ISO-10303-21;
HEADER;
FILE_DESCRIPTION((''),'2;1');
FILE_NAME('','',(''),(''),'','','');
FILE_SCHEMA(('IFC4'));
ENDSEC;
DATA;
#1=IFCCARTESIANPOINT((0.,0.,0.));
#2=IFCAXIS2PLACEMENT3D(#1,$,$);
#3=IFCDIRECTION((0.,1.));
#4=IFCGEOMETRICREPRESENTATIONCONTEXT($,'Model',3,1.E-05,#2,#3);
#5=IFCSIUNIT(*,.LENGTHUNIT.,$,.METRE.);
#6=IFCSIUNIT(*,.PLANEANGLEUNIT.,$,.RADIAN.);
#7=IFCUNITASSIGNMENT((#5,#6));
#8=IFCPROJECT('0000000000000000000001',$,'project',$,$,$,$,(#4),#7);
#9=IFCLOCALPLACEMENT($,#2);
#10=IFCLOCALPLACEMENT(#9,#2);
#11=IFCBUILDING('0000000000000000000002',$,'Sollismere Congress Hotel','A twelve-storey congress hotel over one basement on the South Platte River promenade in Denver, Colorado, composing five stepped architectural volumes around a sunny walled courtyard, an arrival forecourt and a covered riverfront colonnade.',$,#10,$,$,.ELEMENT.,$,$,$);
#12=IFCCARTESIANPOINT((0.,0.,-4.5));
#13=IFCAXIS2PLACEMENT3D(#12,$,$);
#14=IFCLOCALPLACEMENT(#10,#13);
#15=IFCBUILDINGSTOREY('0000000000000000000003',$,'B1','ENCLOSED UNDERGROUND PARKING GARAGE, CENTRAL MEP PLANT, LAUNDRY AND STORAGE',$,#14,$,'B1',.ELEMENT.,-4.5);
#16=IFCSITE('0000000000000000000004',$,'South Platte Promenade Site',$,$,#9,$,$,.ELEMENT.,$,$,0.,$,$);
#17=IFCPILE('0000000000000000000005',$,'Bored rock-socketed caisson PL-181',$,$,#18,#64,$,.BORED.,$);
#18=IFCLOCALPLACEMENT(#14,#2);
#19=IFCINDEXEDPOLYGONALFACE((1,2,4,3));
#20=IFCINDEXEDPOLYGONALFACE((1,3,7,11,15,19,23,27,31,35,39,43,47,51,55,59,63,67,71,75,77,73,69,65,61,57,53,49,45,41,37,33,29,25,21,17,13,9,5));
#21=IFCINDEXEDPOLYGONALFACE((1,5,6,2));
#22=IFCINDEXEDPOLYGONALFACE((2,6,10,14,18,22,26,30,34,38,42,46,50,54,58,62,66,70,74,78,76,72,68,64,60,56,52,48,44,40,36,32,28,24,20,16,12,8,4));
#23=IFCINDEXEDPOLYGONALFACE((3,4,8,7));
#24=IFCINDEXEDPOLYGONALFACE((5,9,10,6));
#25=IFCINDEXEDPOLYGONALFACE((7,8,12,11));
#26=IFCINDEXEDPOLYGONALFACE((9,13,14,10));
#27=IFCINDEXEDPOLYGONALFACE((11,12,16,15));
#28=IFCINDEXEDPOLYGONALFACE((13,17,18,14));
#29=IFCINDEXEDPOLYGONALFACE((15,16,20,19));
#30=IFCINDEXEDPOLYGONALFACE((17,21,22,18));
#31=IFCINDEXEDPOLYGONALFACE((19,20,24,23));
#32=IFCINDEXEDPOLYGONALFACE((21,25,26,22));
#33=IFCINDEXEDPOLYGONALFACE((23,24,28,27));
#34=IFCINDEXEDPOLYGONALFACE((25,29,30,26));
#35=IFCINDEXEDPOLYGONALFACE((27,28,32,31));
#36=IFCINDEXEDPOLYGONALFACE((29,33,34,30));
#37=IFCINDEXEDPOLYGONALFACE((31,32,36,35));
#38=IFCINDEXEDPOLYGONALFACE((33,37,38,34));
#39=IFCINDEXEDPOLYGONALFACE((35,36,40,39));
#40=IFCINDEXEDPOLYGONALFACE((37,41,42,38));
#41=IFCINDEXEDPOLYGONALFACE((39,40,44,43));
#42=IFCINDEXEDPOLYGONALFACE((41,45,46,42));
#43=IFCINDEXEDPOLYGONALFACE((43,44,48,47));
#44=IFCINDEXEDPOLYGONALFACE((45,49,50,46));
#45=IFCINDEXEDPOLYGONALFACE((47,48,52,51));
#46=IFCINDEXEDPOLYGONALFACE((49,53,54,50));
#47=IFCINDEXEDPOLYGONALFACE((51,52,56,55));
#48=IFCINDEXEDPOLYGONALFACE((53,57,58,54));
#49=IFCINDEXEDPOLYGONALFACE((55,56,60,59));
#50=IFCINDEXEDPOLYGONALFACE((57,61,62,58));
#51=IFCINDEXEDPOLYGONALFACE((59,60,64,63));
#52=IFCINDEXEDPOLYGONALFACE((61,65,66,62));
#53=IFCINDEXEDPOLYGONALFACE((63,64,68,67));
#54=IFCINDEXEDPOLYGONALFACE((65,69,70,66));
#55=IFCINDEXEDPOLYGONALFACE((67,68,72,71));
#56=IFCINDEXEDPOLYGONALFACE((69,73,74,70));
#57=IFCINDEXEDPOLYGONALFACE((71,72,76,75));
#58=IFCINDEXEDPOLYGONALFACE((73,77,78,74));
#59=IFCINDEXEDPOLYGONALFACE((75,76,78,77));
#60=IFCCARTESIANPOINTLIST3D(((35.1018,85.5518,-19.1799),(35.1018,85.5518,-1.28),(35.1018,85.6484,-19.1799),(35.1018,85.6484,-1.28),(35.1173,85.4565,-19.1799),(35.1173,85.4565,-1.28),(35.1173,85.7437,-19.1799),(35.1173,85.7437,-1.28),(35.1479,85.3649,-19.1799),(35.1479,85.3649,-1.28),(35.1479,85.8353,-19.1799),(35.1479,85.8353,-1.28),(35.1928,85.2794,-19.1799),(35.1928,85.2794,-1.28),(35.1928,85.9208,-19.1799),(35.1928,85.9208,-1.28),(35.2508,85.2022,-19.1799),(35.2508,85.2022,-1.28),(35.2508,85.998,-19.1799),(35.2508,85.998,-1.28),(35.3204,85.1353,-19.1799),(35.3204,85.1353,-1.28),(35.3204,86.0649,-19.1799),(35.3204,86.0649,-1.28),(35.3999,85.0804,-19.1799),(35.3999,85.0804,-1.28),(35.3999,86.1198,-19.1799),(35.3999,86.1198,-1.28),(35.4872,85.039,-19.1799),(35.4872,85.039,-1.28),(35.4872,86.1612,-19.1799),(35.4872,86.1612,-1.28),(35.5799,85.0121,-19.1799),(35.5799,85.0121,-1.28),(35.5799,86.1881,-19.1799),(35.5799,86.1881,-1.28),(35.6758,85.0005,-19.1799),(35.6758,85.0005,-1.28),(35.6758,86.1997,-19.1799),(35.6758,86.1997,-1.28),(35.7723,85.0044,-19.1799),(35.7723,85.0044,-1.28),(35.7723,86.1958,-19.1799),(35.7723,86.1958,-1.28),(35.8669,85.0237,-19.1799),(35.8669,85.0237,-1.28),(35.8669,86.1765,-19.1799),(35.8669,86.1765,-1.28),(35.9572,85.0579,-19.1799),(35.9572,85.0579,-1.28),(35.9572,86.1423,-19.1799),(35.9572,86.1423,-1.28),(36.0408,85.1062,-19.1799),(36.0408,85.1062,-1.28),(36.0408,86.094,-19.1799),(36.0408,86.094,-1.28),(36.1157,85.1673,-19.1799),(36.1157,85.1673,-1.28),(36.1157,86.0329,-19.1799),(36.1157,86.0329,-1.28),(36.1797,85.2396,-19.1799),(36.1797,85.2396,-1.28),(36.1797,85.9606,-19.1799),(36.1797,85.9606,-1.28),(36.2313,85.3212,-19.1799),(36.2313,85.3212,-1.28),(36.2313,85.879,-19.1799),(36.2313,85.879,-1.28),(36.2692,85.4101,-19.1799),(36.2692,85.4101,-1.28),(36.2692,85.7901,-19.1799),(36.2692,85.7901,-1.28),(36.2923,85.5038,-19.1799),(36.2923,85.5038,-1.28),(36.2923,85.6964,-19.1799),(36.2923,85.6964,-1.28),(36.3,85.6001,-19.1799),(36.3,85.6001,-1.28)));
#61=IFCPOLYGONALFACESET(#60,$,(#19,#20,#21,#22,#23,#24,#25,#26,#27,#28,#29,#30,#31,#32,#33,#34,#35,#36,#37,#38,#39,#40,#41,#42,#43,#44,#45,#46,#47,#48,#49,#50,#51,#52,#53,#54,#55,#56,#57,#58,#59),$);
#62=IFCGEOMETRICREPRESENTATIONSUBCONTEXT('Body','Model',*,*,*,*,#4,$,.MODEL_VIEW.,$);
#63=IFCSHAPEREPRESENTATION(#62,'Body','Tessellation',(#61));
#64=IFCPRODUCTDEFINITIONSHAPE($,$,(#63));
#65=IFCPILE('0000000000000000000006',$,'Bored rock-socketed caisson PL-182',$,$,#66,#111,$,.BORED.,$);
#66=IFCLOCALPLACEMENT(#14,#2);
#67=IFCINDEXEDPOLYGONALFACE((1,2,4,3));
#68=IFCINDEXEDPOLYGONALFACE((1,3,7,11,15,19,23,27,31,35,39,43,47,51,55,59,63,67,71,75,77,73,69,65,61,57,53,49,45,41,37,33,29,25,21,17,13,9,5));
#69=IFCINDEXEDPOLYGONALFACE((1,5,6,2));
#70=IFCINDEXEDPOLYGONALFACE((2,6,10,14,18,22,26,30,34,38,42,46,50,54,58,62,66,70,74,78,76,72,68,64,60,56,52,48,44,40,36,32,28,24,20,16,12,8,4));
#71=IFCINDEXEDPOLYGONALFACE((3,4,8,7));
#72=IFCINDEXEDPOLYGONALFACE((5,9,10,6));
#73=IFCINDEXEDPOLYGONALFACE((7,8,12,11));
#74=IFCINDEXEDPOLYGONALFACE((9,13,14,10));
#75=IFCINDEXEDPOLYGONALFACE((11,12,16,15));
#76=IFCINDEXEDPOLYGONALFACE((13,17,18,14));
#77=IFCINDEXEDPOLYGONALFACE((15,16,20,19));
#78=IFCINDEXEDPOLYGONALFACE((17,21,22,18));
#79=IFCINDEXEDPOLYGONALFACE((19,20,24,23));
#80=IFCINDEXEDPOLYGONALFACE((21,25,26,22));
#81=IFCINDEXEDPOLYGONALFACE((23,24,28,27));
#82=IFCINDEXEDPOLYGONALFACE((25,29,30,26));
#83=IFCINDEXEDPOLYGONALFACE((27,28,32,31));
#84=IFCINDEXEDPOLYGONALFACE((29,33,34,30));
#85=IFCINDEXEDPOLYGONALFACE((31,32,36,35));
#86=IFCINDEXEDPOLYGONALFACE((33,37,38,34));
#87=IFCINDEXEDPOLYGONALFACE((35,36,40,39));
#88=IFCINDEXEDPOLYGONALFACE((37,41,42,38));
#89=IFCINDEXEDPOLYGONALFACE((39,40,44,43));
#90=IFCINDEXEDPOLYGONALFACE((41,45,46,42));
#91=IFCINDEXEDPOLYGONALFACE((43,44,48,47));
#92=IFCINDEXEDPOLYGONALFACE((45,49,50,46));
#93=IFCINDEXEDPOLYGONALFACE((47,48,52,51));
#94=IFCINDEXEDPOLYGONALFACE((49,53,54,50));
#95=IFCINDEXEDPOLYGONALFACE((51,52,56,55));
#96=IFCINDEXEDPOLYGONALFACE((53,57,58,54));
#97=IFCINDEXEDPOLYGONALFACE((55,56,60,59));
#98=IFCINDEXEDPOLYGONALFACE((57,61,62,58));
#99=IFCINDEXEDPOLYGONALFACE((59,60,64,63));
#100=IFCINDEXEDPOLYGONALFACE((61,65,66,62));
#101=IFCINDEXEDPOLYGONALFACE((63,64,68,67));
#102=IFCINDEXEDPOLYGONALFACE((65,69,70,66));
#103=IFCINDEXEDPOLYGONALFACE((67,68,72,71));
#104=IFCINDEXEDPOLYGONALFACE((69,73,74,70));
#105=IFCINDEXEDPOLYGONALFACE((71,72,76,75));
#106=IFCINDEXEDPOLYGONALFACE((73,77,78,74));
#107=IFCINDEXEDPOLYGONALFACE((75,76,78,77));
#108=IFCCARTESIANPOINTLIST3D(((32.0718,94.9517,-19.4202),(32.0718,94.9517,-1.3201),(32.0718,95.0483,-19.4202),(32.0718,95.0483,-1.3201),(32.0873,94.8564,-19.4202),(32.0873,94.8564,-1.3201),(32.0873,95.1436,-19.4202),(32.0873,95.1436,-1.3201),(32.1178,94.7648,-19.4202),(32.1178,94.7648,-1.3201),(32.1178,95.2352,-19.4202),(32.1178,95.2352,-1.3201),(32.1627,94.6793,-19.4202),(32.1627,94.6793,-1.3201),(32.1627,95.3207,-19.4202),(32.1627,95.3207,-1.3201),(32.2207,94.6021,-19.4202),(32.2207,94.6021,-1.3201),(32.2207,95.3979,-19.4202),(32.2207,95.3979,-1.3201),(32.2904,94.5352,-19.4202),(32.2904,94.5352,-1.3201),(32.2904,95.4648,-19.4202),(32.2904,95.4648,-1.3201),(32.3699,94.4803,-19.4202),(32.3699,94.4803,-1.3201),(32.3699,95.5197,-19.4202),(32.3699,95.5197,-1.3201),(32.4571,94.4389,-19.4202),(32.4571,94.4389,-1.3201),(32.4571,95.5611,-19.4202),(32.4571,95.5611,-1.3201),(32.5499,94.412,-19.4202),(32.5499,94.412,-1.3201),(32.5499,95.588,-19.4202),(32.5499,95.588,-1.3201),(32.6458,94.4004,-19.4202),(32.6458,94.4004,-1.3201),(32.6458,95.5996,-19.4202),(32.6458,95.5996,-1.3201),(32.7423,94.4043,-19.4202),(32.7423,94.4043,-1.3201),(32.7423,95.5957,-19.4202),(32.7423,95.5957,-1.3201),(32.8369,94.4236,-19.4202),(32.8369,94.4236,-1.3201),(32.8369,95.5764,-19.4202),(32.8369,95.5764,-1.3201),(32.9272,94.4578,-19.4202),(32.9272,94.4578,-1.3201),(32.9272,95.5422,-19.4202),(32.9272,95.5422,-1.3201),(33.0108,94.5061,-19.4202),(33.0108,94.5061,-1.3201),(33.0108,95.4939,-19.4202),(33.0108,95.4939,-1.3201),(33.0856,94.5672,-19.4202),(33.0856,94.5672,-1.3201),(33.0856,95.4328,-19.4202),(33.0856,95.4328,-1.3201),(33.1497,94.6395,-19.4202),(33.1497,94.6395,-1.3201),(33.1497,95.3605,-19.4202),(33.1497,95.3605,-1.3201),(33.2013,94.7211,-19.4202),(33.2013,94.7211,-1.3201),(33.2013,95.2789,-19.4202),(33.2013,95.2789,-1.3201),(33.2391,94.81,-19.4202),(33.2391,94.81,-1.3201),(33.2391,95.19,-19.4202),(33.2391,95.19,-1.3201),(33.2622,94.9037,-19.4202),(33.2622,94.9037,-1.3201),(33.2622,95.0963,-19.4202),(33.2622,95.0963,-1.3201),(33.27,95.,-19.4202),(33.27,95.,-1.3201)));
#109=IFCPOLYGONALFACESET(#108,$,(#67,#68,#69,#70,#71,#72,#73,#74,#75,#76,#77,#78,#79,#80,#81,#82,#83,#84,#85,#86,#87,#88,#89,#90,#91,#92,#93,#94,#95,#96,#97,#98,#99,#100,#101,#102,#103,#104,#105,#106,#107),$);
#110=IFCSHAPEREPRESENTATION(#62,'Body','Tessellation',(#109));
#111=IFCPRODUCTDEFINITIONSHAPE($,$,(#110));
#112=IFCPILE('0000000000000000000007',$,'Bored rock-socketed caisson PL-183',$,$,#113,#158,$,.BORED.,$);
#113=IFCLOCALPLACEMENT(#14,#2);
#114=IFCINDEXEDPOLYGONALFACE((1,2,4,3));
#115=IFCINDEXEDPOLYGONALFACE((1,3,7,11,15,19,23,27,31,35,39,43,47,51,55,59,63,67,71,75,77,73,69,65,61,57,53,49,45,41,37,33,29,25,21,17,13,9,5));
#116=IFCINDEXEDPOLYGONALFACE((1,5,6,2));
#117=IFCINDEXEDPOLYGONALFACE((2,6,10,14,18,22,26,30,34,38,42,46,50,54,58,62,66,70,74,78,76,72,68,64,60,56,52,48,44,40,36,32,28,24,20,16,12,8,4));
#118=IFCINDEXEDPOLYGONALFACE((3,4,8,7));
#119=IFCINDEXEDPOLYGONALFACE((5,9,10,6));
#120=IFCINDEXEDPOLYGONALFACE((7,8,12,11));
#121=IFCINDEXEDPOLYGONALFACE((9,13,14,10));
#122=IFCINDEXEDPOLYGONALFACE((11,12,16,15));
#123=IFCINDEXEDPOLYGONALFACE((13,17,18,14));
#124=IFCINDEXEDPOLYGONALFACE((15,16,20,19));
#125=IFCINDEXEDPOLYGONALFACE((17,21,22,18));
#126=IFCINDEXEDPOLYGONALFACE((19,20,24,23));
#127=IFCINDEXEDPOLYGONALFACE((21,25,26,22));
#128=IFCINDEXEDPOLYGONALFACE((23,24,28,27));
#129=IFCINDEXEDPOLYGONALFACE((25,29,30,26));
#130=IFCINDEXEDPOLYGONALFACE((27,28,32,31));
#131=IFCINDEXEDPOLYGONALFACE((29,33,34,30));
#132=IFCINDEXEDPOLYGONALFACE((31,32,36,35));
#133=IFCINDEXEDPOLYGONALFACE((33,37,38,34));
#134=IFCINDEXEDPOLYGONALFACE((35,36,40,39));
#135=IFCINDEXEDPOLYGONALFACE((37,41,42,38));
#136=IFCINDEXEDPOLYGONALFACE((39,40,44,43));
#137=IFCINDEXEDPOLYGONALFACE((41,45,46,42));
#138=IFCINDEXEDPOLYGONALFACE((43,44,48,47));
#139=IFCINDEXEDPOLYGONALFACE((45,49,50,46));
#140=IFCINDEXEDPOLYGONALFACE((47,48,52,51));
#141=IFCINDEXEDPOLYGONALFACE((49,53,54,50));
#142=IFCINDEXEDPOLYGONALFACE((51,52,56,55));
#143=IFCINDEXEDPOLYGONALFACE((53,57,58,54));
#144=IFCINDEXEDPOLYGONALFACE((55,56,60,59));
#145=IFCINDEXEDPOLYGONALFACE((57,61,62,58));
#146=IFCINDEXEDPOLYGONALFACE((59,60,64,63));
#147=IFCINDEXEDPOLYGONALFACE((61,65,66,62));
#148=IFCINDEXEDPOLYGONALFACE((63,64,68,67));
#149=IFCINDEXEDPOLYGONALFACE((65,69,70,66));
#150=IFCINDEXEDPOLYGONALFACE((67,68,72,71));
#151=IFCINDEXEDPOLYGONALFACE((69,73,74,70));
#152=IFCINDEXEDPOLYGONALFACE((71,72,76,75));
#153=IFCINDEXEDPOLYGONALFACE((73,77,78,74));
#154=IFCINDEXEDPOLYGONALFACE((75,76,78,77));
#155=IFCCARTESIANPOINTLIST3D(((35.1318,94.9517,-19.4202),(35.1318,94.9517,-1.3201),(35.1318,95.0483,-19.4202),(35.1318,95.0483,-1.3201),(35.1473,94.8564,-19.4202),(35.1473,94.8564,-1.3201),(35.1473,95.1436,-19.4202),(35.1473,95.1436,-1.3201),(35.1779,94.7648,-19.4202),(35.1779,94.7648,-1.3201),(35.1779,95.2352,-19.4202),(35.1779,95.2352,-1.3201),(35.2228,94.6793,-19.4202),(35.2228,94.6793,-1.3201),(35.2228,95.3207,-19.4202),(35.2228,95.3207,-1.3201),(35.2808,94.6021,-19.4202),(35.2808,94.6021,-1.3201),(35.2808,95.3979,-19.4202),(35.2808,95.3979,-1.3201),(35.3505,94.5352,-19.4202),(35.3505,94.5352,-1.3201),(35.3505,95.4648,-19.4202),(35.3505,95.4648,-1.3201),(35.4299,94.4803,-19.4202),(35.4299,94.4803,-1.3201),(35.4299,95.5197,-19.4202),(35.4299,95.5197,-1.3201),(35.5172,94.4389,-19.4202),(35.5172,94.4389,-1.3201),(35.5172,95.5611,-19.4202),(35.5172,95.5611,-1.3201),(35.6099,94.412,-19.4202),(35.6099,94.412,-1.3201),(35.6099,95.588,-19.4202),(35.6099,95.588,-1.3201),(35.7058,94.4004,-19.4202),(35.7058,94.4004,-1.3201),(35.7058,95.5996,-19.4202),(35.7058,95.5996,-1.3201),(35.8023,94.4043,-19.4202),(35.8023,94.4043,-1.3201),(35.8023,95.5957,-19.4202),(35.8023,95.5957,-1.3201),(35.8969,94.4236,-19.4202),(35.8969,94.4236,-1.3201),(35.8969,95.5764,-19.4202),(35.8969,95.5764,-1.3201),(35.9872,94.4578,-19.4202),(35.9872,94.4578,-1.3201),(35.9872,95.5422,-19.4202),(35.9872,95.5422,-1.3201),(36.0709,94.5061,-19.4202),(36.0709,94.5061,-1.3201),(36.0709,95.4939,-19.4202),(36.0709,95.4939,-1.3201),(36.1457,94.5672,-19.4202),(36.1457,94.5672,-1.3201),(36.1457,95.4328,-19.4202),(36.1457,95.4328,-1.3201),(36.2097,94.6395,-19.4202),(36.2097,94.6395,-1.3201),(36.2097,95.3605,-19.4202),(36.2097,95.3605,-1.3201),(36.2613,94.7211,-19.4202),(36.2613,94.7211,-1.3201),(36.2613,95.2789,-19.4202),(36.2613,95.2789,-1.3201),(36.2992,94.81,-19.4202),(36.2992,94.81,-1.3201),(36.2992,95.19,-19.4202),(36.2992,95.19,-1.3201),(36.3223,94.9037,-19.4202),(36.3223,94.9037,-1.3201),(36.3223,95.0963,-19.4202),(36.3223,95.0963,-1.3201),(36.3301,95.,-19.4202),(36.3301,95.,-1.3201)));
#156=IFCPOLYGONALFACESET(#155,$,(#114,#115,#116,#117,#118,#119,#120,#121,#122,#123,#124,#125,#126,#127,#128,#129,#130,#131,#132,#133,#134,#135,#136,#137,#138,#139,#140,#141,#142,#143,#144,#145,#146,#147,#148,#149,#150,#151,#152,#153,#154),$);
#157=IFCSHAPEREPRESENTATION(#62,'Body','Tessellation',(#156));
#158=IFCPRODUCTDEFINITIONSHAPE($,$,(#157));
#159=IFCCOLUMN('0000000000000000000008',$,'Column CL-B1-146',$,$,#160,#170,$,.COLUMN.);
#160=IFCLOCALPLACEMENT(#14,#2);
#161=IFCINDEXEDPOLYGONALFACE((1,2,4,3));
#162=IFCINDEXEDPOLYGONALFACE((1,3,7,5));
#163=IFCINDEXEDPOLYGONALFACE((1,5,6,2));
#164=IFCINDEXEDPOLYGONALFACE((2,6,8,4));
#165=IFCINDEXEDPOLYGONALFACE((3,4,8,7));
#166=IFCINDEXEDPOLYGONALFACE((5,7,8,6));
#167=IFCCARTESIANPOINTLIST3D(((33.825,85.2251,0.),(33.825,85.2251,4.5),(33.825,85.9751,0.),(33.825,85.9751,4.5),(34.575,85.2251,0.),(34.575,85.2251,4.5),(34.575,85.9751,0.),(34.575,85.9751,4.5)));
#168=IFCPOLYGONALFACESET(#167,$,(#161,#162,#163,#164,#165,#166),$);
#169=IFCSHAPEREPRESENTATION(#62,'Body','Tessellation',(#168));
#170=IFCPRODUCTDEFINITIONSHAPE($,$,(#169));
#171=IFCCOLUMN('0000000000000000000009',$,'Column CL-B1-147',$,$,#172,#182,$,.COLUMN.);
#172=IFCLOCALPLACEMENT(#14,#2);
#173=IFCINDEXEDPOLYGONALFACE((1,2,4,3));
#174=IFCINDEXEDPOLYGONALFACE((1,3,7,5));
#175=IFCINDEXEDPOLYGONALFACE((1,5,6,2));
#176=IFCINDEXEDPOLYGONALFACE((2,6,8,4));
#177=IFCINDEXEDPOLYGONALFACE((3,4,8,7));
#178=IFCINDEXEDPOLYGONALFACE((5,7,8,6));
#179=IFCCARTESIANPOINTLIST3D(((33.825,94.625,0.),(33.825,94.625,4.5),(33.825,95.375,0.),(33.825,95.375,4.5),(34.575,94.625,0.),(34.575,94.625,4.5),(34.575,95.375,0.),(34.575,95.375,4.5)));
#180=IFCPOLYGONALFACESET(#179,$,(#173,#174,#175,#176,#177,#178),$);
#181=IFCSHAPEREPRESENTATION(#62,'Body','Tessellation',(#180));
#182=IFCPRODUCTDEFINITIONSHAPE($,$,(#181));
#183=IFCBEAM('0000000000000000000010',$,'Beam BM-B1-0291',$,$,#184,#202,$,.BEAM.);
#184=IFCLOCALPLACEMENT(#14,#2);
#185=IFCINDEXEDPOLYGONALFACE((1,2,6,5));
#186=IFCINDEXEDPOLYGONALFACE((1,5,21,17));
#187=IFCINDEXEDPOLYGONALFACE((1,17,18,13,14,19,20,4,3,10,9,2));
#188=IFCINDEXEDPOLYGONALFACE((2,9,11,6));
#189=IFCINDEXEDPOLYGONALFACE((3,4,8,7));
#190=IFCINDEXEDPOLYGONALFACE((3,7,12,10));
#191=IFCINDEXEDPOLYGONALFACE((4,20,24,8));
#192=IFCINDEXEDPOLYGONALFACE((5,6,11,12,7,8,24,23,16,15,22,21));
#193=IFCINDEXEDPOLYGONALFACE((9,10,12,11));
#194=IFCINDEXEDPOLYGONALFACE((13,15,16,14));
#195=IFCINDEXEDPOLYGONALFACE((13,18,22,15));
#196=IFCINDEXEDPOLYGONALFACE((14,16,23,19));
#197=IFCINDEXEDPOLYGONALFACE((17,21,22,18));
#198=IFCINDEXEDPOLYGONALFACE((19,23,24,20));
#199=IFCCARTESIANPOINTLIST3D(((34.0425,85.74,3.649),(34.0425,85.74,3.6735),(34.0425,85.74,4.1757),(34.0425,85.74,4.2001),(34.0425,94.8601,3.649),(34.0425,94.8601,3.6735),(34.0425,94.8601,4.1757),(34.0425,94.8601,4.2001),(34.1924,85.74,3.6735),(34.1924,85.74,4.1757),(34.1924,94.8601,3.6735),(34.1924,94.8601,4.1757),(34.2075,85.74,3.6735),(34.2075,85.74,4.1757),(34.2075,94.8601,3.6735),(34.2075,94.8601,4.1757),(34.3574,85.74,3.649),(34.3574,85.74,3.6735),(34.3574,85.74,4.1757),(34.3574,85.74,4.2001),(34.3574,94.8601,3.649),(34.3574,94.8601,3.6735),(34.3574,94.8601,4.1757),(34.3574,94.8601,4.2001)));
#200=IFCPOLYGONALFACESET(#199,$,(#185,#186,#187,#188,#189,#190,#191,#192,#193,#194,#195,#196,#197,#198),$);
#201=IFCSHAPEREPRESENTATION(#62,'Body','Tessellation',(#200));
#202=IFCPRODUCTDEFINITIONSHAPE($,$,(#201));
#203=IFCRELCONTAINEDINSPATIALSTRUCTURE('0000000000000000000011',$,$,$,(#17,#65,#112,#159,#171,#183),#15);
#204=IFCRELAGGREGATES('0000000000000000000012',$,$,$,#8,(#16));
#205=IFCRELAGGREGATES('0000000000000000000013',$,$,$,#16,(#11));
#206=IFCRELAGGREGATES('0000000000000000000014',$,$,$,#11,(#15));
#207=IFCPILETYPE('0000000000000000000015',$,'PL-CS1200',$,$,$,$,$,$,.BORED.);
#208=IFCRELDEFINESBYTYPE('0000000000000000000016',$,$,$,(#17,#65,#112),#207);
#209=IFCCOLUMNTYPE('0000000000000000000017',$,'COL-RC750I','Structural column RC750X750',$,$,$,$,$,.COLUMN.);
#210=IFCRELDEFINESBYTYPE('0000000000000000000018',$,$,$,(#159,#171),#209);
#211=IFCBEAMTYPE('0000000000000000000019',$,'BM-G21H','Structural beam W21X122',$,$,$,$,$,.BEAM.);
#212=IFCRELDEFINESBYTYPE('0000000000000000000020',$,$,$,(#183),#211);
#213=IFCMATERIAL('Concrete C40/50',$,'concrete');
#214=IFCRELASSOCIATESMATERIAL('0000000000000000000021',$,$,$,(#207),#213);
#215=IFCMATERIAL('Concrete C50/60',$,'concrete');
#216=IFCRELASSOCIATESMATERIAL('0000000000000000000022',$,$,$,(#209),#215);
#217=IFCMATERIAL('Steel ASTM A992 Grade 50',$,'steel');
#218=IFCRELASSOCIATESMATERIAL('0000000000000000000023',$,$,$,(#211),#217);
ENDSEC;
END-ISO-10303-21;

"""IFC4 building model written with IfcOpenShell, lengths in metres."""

from ifc_helpers import new_model, si_unit, direction, frame, origin, origin_2d, place, context, subcontext, project, spatial, rectangle, circle, i_section, extrude, material, material_profile, profile_set, type_object, element, save


model = new_model("IFC4")

# Units and contexts
model_context = context("Model", 3, precision=1e-05, world=origin(), true_north=direction((0.0, 1.0)))
body_context = subcontext(model_context, "Body", "Model", "MODEL_VIEW")
ifc_project = project(units=[si_unit("LENGTHUNIT", "METRE"), si_unit("PLANEANGLEUNIT", "RADIAN")], contexts=[model_context])

# Site, building, storey
site_placement = place(None, origin())
site = spatial("IfcSite", under=ifc_project, at=site_placement, Name="South Platte Promenade Site", CompositionType="ELEMENT", RefElevation=0.0)
building_placement = place(site_placement, origin())
building = spatial("IfcBuilding", under=site, at=building_placement, Name="Sollismere Congress Hotel", Description="A twelve-storey congress hotel over one basement on the South Platte River promenade in Denver, Colorado, composing five stepped architectural volumes around a sunny walled courtyard, an arrival forecourt and a covered riverfront colonnade.", CompositionType="ELEMENT")
storey_placement = place(building_placement, frame((0.0, 0.0, -4.5)))
storey = spatial("IfcBuildingStorey", under=building, at=storey_placement, Name="B1", Description="ENCLOSED UNDERGROUND PARKING GARAGE, CENTRAL MEP PLANT, LAUNDRY AND STORAGE", LongName="B1", CompositionType="ELEMENT", Elevation=-4.5)

# Shared definitions
ifc_material_1 = material(Name="Concrete C40/50", Category="concrete")

# Piles
ifc_material_profile_1 = material_profile(ifc_material_1, circle(Radius=0.6001, at=origin_2d()), Name="CAISSON1200")
ifc_profile_set_1 = profile_set([ifc_material_profile_1], Name="Concrete C40/50")
pile_type = type_object("IfcPileType", Name="PL-CS1200", PredefinedType="BORED", material=ifc_profile_set_1)
for number, where, z_axis, x_axis, name in (
    (1, (35.7, 85.6001, -1.28), (0.0, 0.0, -1.0), (1.0, 0.0, 0.0), "Bored rock-socketed caisson PL-181"),
):
    element("IfcPile", number, at=place(storey_placement, frame(where, z_axis=z_axis, x_axis=x_axis)), inside=storey, type_object=pile_type, Name=name, PredefinedType="BORED", context=body_context, shape_type="SweptSolid", body=[
        extrude(circle(Radius=0.6001, at=origin_2d()), origin(), (0.0, 0.0, 1.0), 17.8999),
    ])
for number, where, z_axis, x_axis, name in (
    (2, (32.6699, 95.0, -1.3201), (0.0, 0.0, -1.0), (1.0, 0.0, 0.0), "Bored rock-socketed caisson PL-182"),
    (3, (35.73, 95.0, -1.3201), (0.0, 0.0, -1.0), (1.0, 0.0, 0.0), "Bored rock-socketed caisson PL-183"),
):
    element("IfcPile", number, at=place(storey_placement, frame(where, z_axis=z_axis, x_axis=x_axis)), inside=storey, type_object=pile_type, Name=name, PredefinedType="BORED", context=body_context, shape_type="SweptSolid", body=[
        extrude(circle(Radius=0.6001, at=origin_2d()), origin(), (0.0, 0.0, 1.0), 18.1001),
    ])

# Columns
ifc_material_2 = material(Name="Concrete C50/60", Category="concrete")
ifc_material_profile_2 = material_profile(ifc_material_2, rectangle(XDim=0.75, YDim=0.75, at=origin_2d()), Name="RC750X750")
ifc_profile_set_2 = profile_set([ifc_material_profile_2], Name="Concrete C50/60")
column_type = type_object("IfcColumnType", Name="COL-RC750I", Description="Structural column RC750X750", PredefinedType="COLUMN", material=ifc_profile_set_2)
for number, where, z_axis, x_axis, name in (
    (4, (34.2, 85.6001, 0.0), (0.0, 0.0, 1.0), (1.0, 0.0, 0.0), "Column CL-B1-146"),
    (5, (34.2, 95.0, 0.0), (0.0, 0.0, 1.0), (1.0, 0.0, 0.0), "Column CL-B1-147"),
):
    element("IfcColumn", number, at=place(storey_placement, frame(where, z_axis=z_axis, x_axis=x_axis)), inside=storey, type_object=column_type, Name=name, PredefinedType="COLUMN", context=body_context, shape_type="SweptSolid", body=[
        extrude(rectangle(XDim=0.75, YDim=0.75, at=origin_2d()), origin(), (0.0, 0.0, 1.0), 4.5),
    ])

# Beam
ifc_material_3 = material(Name="Steel ASTM A992 Grade 50", Category="steel")
ifc_material_profile_3 = material_profile(ifc_material_3, i_section(OverallWidth=0.3149, OverallDepth=0.551, WebThickness=0.0151, FlangeThickness=0.0244, at=origin_2d()), Name="W21X122")
ifc_profile_set_3 = profile_set([ifc_material_profile_3], Name="Steel ASTM A992 Grade 50")
beam_type_1 = type_object("IfcBeamType", Name="BM-G21H", Description="Structural beam W21X122", PredefinedType="BEAM", material=ifc_profile_set_3)
for number, where, z_axis, x_axis, name in (
    (6, (34.2, 85.74, 3.9246), (0.0, 1.0, 0.0), (-1.0, 0.0, 0.0), "Beam BM-B1-0291"),
):
    element("IfcBeam", number, at=place(storey_placement, frame(where, z_axis=z_axis, x_axis=x_axis)), inside=storey, type_object=beam_type_1, Name=name, PredefinedType="BEAM", context=body_context, shape_type="SweptSolid", body=[
        extrude(i_section(OverallWidth=0.3149, OverallDepth=0.551, WebThickness=0.0151, FlangeThickness=0.0244, at=origin_2d()), origin(), (0.0, 0.0, 1.0), 9.1201),
    ])

save(model, "model.ifc")
